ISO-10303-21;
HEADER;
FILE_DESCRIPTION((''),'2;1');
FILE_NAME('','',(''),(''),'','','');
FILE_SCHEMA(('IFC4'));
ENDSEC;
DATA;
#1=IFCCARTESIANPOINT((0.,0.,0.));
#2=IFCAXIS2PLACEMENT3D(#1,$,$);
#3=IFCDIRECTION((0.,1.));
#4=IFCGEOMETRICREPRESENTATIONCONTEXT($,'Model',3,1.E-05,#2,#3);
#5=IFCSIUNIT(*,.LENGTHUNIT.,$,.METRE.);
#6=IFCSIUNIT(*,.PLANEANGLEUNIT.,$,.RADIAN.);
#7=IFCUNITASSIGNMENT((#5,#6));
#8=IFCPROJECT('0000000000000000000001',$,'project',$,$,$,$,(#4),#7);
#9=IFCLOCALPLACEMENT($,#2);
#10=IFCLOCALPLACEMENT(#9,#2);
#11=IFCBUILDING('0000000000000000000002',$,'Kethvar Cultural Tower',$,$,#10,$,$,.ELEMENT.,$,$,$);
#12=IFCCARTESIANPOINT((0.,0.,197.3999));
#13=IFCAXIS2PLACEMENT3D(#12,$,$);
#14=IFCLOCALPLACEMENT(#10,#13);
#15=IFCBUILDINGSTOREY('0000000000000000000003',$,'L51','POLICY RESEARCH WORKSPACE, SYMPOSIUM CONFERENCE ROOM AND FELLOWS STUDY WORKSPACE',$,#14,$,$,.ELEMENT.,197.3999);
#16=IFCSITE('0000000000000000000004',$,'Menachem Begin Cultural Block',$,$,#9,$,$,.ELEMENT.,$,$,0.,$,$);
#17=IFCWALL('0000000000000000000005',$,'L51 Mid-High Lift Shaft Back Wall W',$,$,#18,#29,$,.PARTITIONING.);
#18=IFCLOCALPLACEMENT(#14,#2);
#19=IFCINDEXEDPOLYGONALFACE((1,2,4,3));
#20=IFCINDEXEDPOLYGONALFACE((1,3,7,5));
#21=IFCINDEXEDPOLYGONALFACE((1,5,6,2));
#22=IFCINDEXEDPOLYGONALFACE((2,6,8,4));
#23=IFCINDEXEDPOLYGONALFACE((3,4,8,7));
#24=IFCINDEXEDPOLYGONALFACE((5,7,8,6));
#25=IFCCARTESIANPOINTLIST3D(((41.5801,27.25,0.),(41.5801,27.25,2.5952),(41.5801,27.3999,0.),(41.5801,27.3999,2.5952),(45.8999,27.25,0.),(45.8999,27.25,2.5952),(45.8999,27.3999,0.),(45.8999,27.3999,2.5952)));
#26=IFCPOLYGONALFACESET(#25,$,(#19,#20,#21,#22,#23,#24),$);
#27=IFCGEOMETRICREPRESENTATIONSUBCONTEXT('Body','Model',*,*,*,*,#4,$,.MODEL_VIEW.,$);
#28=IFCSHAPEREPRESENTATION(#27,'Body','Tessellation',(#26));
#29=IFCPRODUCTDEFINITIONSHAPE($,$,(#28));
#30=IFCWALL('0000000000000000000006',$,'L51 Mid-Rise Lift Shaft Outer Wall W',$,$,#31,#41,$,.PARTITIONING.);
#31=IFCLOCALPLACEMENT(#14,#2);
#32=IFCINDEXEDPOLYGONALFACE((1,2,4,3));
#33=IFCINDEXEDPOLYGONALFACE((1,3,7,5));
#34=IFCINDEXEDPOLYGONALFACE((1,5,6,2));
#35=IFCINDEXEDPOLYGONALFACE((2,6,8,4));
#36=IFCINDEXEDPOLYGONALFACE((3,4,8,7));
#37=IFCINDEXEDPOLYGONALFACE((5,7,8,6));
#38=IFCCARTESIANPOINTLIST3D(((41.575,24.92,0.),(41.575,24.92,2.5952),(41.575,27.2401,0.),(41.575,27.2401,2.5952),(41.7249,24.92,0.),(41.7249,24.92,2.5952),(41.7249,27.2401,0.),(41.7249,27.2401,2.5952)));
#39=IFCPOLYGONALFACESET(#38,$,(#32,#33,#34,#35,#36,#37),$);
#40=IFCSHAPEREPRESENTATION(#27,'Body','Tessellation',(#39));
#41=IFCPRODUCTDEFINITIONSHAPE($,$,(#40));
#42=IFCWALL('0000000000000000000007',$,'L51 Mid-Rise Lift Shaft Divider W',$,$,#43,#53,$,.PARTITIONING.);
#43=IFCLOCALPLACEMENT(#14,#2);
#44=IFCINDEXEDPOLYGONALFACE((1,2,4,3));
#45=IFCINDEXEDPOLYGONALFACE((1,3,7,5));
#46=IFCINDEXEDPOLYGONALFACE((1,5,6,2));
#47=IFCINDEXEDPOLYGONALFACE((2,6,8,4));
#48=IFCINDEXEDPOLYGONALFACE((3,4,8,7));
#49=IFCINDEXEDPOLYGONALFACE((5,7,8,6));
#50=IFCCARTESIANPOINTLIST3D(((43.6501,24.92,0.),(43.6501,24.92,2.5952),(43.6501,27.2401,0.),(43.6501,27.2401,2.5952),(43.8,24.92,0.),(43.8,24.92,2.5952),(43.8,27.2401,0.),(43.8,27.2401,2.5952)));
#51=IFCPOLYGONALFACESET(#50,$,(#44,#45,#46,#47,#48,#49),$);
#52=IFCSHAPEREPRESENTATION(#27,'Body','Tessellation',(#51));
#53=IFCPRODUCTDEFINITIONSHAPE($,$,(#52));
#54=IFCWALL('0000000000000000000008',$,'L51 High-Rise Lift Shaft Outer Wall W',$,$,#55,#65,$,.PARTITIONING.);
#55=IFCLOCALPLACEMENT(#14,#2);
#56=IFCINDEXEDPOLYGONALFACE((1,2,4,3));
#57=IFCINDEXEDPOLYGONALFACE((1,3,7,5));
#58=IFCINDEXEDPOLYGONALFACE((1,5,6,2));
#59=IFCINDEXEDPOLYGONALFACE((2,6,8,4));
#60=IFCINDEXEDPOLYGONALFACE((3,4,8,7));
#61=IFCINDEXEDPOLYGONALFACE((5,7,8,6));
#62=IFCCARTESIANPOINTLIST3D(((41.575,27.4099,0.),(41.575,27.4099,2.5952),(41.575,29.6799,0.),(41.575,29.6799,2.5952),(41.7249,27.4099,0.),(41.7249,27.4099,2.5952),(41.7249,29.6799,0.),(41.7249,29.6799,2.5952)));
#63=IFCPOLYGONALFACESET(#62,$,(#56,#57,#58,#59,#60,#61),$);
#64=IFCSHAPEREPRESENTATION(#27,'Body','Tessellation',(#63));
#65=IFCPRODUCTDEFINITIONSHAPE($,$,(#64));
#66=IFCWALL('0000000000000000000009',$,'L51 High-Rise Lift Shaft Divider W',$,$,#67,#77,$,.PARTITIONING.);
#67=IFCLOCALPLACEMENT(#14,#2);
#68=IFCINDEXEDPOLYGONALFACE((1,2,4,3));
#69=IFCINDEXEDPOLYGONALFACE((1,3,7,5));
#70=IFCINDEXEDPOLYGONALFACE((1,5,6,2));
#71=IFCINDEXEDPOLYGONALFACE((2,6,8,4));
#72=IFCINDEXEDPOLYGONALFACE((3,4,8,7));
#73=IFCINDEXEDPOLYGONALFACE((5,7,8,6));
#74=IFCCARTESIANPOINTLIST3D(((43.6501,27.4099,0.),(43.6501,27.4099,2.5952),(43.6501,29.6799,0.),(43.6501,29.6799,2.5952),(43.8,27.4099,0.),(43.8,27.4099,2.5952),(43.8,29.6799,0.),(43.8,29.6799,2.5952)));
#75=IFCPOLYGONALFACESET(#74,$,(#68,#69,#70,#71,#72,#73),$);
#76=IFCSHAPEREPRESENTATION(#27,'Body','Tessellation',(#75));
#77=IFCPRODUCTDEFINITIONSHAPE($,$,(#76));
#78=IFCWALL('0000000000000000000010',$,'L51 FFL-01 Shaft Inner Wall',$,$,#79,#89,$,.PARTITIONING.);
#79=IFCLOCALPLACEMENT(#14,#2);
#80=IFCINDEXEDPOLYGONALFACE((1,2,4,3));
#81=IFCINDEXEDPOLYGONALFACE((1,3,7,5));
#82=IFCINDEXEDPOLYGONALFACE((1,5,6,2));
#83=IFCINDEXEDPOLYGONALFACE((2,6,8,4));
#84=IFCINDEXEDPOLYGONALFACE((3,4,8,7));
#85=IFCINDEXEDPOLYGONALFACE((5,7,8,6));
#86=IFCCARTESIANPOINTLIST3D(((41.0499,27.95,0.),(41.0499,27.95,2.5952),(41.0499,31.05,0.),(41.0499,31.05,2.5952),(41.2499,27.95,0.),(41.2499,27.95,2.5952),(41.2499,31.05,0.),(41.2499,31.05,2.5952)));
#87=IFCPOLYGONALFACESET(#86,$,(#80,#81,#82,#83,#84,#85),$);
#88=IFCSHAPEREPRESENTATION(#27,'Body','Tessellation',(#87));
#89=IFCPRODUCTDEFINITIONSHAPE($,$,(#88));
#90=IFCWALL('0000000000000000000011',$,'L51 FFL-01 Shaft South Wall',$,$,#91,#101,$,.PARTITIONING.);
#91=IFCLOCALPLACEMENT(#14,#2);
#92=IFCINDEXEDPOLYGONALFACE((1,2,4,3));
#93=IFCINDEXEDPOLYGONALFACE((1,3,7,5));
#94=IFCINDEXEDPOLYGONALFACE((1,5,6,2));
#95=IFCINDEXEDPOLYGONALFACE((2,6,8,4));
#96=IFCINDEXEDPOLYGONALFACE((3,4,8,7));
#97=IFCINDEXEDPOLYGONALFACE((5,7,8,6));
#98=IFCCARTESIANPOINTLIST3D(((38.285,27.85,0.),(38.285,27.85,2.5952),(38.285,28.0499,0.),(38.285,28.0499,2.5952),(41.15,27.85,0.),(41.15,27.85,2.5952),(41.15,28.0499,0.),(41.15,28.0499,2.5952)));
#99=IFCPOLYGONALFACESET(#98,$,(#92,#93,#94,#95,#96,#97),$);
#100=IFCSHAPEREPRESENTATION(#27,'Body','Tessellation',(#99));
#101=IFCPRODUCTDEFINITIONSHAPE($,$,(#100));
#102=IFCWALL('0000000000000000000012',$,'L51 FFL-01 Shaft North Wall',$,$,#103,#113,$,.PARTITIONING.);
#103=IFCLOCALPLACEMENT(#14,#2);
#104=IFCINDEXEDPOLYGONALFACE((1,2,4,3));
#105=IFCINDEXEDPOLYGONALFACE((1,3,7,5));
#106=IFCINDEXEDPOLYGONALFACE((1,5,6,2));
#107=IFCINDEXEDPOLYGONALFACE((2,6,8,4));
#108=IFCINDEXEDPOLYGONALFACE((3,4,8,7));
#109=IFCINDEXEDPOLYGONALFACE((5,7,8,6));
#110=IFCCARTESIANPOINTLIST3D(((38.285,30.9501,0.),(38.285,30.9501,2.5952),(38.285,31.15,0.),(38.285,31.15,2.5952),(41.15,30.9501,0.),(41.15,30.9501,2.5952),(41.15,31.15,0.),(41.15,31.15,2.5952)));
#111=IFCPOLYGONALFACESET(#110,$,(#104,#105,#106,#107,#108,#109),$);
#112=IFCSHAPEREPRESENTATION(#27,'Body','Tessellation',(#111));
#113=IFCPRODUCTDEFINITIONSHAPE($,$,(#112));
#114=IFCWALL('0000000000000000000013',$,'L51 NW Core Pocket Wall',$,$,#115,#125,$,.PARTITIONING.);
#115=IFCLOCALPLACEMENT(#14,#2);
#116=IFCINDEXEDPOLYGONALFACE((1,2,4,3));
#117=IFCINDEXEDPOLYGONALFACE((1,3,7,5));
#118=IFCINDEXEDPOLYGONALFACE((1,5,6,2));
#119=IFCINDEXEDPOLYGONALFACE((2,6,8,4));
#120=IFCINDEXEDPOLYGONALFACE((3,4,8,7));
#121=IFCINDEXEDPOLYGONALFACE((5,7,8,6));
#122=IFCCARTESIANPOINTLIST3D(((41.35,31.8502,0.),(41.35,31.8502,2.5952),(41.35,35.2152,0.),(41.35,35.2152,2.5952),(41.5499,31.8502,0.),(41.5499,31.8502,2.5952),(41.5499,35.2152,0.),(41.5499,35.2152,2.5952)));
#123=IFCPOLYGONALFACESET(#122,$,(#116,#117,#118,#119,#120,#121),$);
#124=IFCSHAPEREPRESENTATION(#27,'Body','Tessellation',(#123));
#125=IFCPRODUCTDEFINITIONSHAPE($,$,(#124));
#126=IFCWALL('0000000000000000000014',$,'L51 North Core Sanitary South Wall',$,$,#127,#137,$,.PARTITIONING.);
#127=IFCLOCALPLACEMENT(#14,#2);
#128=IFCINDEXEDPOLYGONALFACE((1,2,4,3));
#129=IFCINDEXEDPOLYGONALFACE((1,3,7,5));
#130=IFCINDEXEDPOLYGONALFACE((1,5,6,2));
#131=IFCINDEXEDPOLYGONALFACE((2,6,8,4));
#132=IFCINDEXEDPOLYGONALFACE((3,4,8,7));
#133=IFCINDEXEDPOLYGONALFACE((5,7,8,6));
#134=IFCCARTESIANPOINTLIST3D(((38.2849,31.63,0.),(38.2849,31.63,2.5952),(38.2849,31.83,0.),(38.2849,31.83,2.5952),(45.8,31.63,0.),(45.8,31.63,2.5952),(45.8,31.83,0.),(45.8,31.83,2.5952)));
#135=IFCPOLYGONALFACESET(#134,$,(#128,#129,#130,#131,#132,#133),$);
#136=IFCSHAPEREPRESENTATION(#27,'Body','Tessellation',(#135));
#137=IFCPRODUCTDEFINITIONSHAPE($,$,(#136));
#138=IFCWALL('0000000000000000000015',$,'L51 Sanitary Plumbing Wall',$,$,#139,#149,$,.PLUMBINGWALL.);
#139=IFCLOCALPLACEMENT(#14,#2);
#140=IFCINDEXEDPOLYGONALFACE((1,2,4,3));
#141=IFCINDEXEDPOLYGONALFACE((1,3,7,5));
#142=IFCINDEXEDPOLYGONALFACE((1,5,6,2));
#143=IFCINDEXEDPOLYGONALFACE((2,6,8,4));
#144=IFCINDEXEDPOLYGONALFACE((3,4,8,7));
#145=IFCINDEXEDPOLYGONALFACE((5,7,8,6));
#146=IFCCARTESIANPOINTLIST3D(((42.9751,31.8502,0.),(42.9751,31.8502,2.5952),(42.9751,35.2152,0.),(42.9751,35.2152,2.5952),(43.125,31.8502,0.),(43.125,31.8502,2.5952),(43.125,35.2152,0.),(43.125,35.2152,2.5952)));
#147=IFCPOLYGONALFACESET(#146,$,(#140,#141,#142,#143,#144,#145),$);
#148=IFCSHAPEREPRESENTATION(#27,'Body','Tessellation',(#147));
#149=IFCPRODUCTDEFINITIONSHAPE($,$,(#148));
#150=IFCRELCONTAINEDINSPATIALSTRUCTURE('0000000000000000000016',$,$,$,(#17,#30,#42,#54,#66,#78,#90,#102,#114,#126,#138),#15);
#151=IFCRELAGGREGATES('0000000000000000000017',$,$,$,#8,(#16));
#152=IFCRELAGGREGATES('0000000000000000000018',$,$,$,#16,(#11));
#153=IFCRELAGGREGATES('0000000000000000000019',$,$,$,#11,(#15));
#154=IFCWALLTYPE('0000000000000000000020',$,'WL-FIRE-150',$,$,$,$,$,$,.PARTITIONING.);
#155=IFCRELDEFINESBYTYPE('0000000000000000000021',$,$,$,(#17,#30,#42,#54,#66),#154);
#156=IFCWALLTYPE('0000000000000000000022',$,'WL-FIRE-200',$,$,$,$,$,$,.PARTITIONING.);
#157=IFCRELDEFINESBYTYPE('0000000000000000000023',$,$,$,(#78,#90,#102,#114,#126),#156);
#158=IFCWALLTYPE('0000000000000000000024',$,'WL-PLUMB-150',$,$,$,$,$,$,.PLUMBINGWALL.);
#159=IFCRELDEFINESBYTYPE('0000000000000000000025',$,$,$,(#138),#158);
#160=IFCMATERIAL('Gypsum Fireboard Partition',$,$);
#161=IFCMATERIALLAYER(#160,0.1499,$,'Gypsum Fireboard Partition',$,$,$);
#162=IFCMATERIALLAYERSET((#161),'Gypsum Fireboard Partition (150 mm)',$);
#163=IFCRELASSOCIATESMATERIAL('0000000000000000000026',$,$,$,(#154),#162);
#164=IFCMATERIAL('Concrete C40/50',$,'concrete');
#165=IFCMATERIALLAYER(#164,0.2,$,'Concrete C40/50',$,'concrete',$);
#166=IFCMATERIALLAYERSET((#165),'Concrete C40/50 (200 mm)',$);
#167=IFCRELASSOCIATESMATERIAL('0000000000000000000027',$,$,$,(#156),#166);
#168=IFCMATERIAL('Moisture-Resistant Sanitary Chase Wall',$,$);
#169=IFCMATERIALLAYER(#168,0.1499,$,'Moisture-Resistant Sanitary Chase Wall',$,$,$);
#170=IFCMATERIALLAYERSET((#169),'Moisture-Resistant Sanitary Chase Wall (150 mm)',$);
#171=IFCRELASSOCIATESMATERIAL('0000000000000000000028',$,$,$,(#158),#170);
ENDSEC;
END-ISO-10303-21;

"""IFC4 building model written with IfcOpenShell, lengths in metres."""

from ifc_helpers import new_model, si_unit, direction, frame, frame_2d, origin, place, context, subcontext, project, spatial, rectangle, extrude, material, layer, layer_set, type_object, element, save


model = new_model("IFC4")

# Units and contexts
model_context = context("Model", 3, precision=1e-05, world=origin(), true_north=direction((0.0, 1.0)))
body_context = subcontext(model_context, "Body", "Model", "MODEL_VIEW")
ifc_project = project(units=[si_unit("LENGTHUNIT", "METRE"), si_unit("PLANEANGLEUNIT", "RADIAN")], contexts=[model_context])

# Site, building, storey
site_placement = place(None, origin())
site = spatial("IfcSite", under=ifc_project, at=site_placement, Name="Menachem Begin Cultural Block", CompositionType="ELEMENT", RefElevation=0.0)
building_placement = place(site_placement, origin())
building = spatial("IfcBuilding", under=site, at=building_placement, Name="Kethvar Cultural Tower", CompositionType="ELEMENT")
storey_placement = place(building_placement, frame((0.0, 0.0, 197.3999)))
storey = spatial("IfcBuildingStorey", under=building, at=storey_placement, Name="L51", Description="POLICY RESEARCH WORKSPACE, SYMPOSIUM CONFERENCE ROOM AND FELLOWS STUDY WORKSPACE", CompositionType="ELEMENT", Elevation=197.3999)

# Walls
ifc_material_1 = material(Name="Gypsum Fireboard Partition")
ifc_layer_1 = layer(ifc_material_1, 0.1499, Name="Gypsum Fireboard Partition")
ifc_layer_set_1 = layer_set([ifc_layer_1], Name="Gypsum Fireboard Partition (150 mm)")
wall_type_1 = type_object("IfcWallType", Name="WL-FIRE-150", PredefinedType="PARTITIONING", material=ifc_layer_set_1)
wall_1_placement = place(storey_placement, frame((41.5801, 27.325, 0.0), z_axis=(0.0, 0.0, 1.0), x_axis=(1.0, 0.0, 0.0)))
element("IfcWall", 1, at=wall_1_placement, inside=storey, type_object=wall_type_1, Name="L51 Mid-High Lift Shaft Back Wall W", PredefinedType="PARTITIONING", context=body_context, shape_type="SweptSolid", body=[
    extrude(rectangle(XDim=4.3198, YDim=0.1499, at=frame_2d((2.1599, 0.0))), origin(), (0.0, 0.0, 1.0), 2.5952),
])
for number, where, z_axis, x_axis, name in (
    (2, (41.6499, 24.9199, 0.0), (0.0, 0.0, 1.0), (0.0, 1.0, 0.0), "L51 Mid-Rise Lift Shaft Outer Wall W"),
    (3, (43.7251, 24.9199, 0.0), (0.0, 0.0, 1.0), (0.0, 1.0, 0.0), "L51 Mid-Rise Lift Shaft Divider W"),
):
    element("IfcWall", number, at=place(storey_placement, frame(where, z_axis=z_axis, x_axis=x_axis)), inside=storey, type_object=wall_type_1, Name=name, PredefinedType="PARTITIONING", context=body_context, shape_type="SweptSolid", body=[
        extrude(rectangle(XDim=2.3201, YDim=0.1499, at=frame_2d((1.1602, 0.0))), origin(), (0.0, 0.0, 1.0), 2.5952),
    ])
for number, where, z_axis, x_axis, name in (
    (4, (41.6499, 27.4099, 0.0), (0.0, 0.0, 1.0), (0.0, 1.0, 0.0), "L51 High-Rise Lift Shaft Outer Wall W"),
    (5, (43.7251, 27.4099, 0.0), (0.0, 0.0, 1.0), (0.0, 1.0, 0.0), "L51 High-Rise Lift Shaft Divider W"),
):
    element("IfcWall", number, at=place(storey_placement, frame(where, z_axis=z_axis, x_axis=x_axis)), inside=storey, type_object=wall_type_1, Name=name, PredefinedType="PARTITIONING", context=body_context, shape_type="SweptSolid", body=[
        extrude(rectangle(XDim=2.27, YDim=0.1499, at=frame_2d((1.135, 0.0))), origin(), (0.0, 0.0, 1.0), 2.5952),
    ])
ifc_material_2 = material(Name="Concrete C40/50", Category="concrete")
ifc_layer_2 = layer(ifc_material_2, 0.2, Name="Concrete C40/50", Category="concrete")
ifc_layer_set_2 = layer_set([ifc_layer_2], Name="Concrete C40/50 (200 mm)")
wall_type_2 = type_object("IfcWallType", Name="WL-FIRE-200", PredefinedType="PARTITIONING", material=ifc_layer_set_2)
wall_2_placement = place(storey_placement, frame((41.1499, 27.95, 0.0), z_axis=(0.0, 0.0, 1.0), x_axis=(0.0, 1.0, 0.0)))
element("IfcWall", 6, at=wall_2_placement, inside=storey, type_object=wall_type_2, Name="L51 FFL-01 Shaft Inner Wall", PredefinedType="PARTITIONING", context=body_context, shape_type="SweptSolid", body=[
    extrude(rectangle(XDim=3.1001, YDim=0.2, at=frame_2d((1.55, 0.0))), origin(), (0.0, 0.0, 1.0), 2.5952),
])
for number, where, z_axis, x_axis, name in (
    (7, (38.2849, 27.95, 0.0), (0.0, 0.0, 1.0), (1.0, 0.0, 0.0), "L51 FFL-01 Shaft South Wall"),
    (8, (38.2849, 31.05, 0.0), (0.0, 0.0, 1.0), (1.0, 0.0, 0.0), "L51 FFL-01 Shaft North Wall"),
):
    element("IfcWall", number, at=place(storey_placement, frame(where, z_axis=z_axis, x_axis=x_axis)), inside=storey, type_object=wall_type_2, Name=name, PredefinedType="PARTITIONING", context=body_context, shape_type="SweptSolid", body=[
        extrude(rectangle(XDim=2.865, YDim=0.2, at=frame_2d((1.4326, 0.0))), origin(), (0.0, 0.0, 1.0), 2.5952),
    ])
wall_3_placement = place(storey_placement, frame((41.45, 31.8501, 0.0), z_axis=(0.0, 0.0, 1.0), x_axis=(0.0, 1.0, 0.0)))
element("IfcWall", 9, at=wall_3_placement, inside=storey, type_object=wall_type_2, Name="L51 NW Core Pocket Wall", PredefinedType="PARTITIONING", context=body_context, shape_type="SweptSolid", body=[
    extrude(rectangle(XDim=3.365, YDim=0.2, at=frame_2d((1.6826, 0.0))), origin(), (0.0, 0.0, 1.0), 2.5952),
])
wall_4_placement = place(storey_placement, frame((38.2849, 31.73, 0.0), z_axis=(0.0, 0.0, 1.0), x_axis=(1.0, 0.0, 0.0)))
element("IfcWall", 10, at=wall_4_placement, inside=storey, type_object=wall_type_2, Name="L51 North Core Sanitary South Wall", PredefinedType="PARTITIONING", context=body_context, shape_type="SweptSolid", body=[
    extrude(rectangle(XDim=7.5151, YDim=0.2, at=frame_2d((3.7576, 0.0))), origin(), (0.0, 0.0, 1.0), 2.5952),
])
ifc_material_3 = material(Name="Moisture-Resistant Sanitary Chase Wall")
ifc_layer_3 = layer(ifc_material_3, 0.1499, Name="Moisture-Resistant Sanitary Chase Wall")
ifc_layer_set_3 = layer_set([ifc_layer_3], Name="Moisture-Resistant Sanitary Chase Wall (150 mm)")
wall_type_3 = type_object("IfcWallType", Name="WL-PLUMB-150", PredefinedType="PLUMBINGWALL", material=ifc_layer_set_3)
wall_5_placement = place(storey_placement, frame((43.05, 31.8501, 0.0), z_axis=(0.0, 0.0, 1.0), x_axis=(0.0, 1.0, 0.0)))
element("IfcWall", 11, at=wall_5_placement, inside=storey, type_object=wall_type_3, Name="L51 Sanitary Plumbing Wall", PredefinedType="PLUMBINGWALL", context=body_context, shape_type="SweptSolid", body=[
    extrude(rectangle(XDim=3.365, YDim=0.1499, at=frame_2d((1.6826, 0.0))), origin(), (0.0, 0.0, 1.0), 2.5952),
])

save(model, "model.ifc")
